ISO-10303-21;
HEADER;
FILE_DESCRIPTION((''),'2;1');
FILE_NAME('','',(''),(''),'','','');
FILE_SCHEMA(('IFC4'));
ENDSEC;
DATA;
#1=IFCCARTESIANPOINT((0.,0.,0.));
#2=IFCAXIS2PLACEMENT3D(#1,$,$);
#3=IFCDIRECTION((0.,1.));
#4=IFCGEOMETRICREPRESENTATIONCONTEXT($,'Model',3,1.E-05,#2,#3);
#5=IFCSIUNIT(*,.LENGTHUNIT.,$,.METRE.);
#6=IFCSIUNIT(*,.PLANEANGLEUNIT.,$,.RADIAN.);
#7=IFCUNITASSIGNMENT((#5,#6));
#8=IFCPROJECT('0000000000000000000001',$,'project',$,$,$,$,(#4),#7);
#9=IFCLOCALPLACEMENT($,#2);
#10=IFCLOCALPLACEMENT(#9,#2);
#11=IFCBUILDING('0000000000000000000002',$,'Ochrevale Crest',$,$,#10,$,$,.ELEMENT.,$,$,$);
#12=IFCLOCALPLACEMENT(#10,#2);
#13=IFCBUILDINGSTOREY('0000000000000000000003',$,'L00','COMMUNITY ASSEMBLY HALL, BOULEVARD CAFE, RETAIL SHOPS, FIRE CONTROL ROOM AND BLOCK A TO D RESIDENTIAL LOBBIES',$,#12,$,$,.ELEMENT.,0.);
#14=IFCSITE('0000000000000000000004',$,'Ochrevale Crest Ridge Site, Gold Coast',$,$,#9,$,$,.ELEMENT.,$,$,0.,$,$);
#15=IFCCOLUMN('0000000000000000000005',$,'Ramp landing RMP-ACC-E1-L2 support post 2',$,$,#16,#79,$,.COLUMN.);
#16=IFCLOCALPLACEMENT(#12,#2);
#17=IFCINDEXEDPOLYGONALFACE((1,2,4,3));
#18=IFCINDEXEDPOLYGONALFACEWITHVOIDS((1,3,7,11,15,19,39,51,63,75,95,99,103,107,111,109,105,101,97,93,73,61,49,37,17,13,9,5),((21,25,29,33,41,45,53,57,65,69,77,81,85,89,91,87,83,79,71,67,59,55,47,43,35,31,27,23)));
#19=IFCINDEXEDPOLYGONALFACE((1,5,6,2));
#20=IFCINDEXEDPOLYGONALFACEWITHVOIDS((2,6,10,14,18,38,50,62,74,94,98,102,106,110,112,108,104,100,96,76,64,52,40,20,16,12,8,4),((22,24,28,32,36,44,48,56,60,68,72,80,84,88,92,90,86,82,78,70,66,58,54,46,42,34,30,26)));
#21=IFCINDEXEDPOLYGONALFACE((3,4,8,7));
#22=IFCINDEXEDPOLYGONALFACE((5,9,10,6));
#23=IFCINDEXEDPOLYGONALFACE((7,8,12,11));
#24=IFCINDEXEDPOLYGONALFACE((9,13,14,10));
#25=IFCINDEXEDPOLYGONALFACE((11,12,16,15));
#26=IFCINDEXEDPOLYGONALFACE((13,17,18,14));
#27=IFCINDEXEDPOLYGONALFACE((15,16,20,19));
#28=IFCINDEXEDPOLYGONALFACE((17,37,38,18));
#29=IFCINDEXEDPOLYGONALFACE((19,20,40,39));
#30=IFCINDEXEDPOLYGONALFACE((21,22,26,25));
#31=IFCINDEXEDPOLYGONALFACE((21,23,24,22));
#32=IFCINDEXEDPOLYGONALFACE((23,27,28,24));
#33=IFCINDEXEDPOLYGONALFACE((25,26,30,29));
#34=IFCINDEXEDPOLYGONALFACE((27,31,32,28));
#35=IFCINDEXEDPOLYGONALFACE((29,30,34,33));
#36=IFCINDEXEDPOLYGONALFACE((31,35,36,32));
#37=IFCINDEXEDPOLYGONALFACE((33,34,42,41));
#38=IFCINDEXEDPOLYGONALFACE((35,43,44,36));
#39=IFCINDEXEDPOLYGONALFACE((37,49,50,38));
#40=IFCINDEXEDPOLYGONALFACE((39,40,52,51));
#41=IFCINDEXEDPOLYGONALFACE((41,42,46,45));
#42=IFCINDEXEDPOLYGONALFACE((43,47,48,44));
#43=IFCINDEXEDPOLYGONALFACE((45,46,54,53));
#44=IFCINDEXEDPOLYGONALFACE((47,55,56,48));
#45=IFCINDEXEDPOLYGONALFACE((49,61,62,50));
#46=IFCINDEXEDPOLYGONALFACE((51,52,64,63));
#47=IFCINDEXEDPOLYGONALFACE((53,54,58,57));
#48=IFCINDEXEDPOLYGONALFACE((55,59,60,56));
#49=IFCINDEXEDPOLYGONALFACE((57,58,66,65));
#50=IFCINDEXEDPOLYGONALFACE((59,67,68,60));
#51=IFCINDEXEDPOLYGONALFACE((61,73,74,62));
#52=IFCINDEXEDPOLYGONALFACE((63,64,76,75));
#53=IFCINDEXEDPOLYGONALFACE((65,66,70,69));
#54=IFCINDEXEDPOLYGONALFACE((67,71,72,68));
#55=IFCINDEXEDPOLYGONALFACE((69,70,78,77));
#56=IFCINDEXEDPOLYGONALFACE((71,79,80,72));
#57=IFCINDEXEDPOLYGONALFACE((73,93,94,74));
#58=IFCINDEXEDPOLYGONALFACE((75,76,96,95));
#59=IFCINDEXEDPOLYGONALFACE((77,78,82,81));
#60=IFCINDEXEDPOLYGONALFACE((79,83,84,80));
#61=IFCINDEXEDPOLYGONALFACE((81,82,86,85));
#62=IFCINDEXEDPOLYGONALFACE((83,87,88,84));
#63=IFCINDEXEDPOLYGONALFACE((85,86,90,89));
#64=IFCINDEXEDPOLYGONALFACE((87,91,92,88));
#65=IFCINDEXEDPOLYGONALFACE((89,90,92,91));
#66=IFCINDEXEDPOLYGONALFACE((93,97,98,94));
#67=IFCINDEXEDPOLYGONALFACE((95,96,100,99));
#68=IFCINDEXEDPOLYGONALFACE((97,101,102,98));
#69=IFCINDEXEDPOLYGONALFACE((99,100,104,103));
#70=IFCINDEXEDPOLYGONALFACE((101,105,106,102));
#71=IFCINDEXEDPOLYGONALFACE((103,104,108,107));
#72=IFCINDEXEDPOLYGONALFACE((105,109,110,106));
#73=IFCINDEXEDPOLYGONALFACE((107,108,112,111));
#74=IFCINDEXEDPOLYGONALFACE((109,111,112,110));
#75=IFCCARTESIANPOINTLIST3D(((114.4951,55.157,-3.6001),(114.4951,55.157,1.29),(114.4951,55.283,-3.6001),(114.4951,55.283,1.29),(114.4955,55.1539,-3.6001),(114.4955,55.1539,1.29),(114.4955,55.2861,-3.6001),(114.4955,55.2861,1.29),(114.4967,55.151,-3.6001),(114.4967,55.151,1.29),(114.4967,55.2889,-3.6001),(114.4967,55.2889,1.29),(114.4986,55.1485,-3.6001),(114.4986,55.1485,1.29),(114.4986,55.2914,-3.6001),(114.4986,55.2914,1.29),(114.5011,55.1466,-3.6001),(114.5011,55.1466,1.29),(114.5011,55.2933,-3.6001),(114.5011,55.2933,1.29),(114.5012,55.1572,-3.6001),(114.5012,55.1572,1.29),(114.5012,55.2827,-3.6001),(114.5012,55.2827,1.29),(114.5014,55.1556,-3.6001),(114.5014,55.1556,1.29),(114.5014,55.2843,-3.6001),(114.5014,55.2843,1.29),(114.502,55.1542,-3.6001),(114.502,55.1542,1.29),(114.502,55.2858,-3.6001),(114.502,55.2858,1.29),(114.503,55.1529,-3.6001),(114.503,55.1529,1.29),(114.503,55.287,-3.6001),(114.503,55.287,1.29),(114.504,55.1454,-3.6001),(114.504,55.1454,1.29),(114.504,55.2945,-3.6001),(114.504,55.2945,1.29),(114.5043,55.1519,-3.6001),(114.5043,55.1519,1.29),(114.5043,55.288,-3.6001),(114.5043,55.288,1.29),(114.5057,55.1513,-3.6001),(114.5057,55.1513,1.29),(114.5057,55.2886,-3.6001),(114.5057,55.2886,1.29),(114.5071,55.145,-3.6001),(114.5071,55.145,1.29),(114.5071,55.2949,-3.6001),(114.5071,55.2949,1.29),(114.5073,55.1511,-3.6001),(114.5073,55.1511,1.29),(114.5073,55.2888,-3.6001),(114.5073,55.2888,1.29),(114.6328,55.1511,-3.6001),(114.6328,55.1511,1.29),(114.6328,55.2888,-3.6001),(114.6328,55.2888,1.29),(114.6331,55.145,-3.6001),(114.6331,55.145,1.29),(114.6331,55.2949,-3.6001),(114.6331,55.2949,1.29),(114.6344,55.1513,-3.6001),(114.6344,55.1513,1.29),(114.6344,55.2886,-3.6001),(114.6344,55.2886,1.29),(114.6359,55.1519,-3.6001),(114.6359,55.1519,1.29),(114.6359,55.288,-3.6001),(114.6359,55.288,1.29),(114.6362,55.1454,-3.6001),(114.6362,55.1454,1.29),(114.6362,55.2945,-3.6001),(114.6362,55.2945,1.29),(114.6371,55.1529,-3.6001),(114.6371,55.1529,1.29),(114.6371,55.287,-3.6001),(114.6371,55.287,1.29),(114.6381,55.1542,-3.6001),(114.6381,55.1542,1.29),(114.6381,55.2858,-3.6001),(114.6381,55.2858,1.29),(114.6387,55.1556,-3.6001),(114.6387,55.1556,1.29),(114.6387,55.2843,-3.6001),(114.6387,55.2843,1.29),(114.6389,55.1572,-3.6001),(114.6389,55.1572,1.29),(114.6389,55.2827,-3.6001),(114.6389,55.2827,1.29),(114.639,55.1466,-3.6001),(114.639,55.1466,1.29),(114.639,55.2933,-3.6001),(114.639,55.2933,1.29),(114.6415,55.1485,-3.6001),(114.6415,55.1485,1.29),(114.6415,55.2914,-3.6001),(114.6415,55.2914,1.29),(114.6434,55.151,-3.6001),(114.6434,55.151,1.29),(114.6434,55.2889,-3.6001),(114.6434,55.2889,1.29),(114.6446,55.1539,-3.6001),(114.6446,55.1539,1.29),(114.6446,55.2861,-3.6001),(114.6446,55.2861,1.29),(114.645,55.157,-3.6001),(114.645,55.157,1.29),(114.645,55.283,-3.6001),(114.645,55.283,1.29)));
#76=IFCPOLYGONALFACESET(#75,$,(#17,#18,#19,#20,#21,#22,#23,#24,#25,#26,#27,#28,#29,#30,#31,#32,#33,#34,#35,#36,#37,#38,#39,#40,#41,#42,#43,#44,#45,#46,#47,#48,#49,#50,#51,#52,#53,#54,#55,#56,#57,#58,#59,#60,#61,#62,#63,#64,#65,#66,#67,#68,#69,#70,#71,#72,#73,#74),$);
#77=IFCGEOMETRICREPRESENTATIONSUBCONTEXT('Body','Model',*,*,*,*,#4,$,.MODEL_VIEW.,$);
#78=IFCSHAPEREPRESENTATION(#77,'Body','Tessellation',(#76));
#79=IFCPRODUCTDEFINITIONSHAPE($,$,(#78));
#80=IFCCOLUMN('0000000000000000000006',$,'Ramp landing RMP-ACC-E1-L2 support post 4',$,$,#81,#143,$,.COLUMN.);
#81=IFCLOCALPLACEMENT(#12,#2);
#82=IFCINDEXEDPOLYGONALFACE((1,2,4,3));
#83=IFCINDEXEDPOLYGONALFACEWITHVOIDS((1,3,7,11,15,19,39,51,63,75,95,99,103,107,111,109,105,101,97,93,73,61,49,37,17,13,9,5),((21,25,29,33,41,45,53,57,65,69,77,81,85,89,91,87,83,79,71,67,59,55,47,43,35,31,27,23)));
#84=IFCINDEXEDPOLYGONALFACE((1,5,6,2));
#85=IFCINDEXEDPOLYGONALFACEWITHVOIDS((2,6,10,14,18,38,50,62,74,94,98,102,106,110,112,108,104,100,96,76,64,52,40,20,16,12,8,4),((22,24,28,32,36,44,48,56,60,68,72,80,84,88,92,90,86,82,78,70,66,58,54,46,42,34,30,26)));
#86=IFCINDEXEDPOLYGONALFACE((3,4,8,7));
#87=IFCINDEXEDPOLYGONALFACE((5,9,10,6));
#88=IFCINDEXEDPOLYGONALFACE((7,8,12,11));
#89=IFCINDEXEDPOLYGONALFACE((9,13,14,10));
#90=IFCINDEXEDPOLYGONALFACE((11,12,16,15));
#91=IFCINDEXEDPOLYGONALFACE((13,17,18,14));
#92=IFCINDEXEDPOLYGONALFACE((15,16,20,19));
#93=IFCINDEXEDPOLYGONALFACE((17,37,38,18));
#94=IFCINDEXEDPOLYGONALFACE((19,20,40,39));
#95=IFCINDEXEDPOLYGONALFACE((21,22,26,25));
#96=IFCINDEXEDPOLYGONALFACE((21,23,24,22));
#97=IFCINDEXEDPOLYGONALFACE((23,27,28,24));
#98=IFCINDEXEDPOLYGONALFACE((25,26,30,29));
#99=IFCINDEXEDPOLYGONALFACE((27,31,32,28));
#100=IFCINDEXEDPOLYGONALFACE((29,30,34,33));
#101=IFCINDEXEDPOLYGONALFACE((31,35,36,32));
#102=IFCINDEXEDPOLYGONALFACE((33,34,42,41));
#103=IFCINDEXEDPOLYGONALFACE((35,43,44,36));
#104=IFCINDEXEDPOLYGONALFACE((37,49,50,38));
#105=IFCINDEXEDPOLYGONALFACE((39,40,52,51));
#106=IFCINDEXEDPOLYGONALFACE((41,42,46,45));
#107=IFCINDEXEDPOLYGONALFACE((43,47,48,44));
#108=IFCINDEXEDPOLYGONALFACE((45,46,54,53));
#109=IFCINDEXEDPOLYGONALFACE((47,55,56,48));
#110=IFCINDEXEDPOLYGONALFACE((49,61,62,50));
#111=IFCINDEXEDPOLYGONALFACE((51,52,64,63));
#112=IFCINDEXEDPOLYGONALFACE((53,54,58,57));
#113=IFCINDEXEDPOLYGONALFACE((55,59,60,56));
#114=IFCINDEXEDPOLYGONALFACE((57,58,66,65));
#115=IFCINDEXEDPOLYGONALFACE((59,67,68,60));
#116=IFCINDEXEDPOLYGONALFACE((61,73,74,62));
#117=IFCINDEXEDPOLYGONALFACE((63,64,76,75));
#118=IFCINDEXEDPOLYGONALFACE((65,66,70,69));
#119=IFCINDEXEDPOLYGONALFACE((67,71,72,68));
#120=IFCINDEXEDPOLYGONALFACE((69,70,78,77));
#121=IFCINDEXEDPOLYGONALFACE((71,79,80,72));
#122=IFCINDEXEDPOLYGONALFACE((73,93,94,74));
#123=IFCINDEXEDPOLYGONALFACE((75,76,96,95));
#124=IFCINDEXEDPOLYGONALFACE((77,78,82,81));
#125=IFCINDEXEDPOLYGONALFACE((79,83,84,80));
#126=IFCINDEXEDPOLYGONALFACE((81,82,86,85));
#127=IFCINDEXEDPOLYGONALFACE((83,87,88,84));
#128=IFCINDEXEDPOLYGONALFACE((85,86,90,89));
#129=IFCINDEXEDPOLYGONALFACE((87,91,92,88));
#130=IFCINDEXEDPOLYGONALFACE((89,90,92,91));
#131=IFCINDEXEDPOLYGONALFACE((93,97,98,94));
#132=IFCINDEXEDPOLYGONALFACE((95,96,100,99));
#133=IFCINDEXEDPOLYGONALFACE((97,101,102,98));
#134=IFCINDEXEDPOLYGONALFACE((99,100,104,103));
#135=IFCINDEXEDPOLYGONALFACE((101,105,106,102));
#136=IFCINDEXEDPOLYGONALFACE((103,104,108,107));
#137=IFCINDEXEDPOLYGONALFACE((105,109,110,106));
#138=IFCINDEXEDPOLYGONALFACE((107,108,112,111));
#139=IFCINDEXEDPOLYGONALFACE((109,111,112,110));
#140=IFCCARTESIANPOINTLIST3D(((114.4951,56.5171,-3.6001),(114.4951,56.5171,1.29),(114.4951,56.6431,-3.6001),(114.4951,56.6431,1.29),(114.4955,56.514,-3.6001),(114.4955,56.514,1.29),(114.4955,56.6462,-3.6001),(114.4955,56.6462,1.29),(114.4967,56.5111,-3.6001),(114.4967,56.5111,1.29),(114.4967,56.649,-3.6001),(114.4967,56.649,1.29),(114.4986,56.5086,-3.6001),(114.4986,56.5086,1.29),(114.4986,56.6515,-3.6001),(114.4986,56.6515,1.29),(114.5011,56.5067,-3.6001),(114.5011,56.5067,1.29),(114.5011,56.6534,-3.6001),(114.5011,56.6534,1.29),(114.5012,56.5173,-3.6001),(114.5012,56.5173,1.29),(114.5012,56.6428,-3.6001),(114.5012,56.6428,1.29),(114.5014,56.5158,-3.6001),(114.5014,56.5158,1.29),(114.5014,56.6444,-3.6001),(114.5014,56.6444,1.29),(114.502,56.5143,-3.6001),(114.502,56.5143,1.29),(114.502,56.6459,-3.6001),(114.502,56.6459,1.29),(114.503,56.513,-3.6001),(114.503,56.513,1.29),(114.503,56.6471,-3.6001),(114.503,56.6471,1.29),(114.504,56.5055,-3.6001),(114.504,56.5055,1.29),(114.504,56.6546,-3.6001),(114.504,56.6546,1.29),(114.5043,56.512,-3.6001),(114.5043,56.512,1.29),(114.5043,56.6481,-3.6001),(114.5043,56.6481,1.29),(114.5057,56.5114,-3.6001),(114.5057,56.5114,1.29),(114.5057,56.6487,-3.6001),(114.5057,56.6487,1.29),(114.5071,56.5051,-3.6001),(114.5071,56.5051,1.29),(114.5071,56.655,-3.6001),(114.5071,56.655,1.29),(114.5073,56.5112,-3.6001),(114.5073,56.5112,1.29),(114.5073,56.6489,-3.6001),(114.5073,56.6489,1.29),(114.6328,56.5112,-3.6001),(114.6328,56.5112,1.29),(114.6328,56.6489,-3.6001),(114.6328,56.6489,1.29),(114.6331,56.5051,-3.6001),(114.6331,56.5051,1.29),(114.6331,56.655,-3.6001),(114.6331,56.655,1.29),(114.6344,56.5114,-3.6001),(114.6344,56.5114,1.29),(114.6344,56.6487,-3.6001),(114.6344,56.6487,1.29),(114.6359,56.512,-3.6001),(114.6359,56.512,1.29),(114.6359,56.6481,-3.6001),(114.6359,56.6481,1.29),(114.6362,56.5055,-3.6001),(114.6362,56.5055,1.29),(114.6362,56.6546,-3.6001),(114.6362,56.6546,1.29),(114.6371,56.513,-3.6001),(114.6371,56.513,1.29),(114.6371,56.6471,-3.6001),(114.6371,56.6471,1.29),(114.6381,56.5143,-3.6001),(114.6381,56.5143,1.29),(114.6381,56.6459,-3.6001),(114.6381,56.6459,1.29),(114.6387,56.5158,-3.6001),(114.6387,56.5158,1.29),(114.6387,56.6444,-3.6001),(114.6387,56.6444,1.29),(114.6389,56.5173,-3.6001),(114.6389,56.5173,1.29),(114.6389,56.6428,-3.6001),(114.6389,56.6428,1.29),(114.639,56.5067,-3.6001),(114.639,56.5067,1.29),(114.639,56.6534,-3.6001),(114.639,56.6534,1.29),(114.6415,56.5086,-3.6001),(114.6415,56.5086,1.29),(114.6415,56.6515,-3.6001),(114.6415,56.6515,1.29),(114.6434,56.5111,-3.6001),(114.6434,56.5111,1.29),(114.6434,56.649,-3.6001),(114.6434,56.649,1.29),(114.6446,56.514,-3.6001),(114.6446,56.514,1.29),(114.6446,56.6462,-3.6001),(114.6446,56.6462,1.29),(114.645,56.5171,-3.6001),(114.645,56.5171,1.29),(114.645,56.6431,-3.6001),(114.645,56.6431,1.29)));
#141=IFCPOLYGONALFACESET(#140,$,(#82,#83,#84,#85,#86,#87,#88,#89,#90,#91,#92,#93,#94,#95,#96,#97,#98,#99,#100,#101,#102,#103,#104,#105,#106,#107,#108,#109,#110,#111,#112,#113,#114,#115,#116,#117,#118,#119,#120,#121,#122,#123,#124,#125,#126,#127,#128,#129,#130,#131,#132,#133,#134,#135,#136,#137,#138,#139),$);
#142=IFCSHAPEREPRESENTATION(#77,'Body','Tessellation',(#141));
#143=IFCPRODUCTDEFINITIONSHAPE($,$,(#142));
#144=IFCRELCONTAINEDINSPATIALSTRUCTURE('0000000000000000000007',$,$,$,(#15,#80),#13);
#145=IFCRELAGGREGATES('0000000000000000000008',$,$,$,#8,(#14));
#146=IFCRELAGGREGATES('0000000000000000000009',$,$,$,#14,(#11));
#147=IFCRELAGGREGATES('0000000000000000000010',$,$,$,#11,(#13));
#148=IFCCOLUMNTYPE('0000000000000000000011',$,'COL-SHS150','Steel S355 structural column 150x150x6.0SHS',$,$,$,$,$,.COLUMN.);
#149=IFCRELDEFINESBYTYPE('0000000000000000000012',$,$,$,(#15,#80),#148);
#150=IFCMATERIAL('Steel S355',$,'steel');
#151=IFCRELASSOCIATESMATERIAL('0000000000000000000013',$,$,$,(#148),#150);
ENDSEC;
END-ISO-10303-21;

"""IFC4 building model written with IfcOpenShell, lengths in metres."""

from ifc_helpers import new_model, si_unit, direction, frame, origin, origin_2d, place, context, subcontext, project, spatial, hollow_rectangle, extrude, material, material_profile, profile_set, type_object, element, save


model = new_model("IFC4")

# Units and contexts
model_context = context("Model", 3, precision=1e-05, world=origin(), true_north=direction((0.0, 1.0)))
body_context = subcontext(model_context, "Body", "Model", "MODEL_VIEW")
ifc_project = project(units=[si_unit("LENGTHUNIT", "METRE"), si_unit("PLANEANGLEUNIT", "RADIAN")], contexts=[model_context])

# Site, building, storey
site_placement = place(None, origin())
site = spatial("IfcSite", under=ifc_project, at=site_placement, Name="Ochrevale Crest Ridge Site, Gold Coast", CompositionType="ELEMENT", RefElevation=0.0)
building_placement = place(site_placement, origin())
building = spatial("IfcBuilding", under=site, at=building_placement, Name="Ochrevale Crest", CompositionType="ELEMENT")
storey_placement = place(building_placement, origin())
storey = spatial("IfcBuildingStorey", under=building, at=storey_placement, Name="L00", Description="COMMUNITY ASSEMBLY HALL, BOULEVARD CAFE, RETAIL SHOPS, FIRE CONTROL ROOM AND BLOCK A TO D RESIDENTIAL LOBBIES", CompositionType="ELEMENT", Elevation=0.0)

# Columns
ifc_material_1 = material(Name="Steel S355", Category="steel")
ifc_material_profile_1 = material_profile(ifc_material_1, hollow_rectangle(XDim=0.1499, YDim=0.1499, WallThickness=0.0061, InnerFilletRadius=0.0061, OuterFilletRadius=0.012, at=origin_2d()), Name="150x150x6.0SHS")
ifc_profile_set_1 = profile_set([ifc_material_profile_1], Name="Steel S355")
column_type_1 = type_object("IfcColumnType", Name="COL-SHS150", Description="Steel S355 structural column 150x150x6.0SHS", PredefinedType="COLUMN", material=ifc_profile_set_1)
for number, where, z_axis, x_axis, name in (
    (1, (114.5701, 55.22, -3.6001), (0.0, 0.0, 1.0), (1.0, 0.0, 0.0), "Ramp landing RMP-ACC-E1-L2 support post 2"),
    (2, (114.5701, 56.5801, -3.6001), (0.0, 0.0, 1.0), (1.0, 0.0, 0.0), "Ramp landing RMP-ACC-E1-L2 support post 4"),
):
    element("IfcColumn", number, at=place(storey_placement, frame(where, z_axis=z_axis, x_axis=x_axis)), inside=storey, type_object=column_type_1, Name=name, PredefinedType="COLUMN", context=body_context, shape_type="SweptSolid", body=[
        extrude(hollow_rectangle(XDim=0.1499, YDim=0.1499, WallThickness=0.0061, InnerFilletRadius=0.0061, OuterFilletRadius=0.012, at=origin_2d()), origin(), (0.0, 0.0, 1.0), 4.8901),
    ])

save(model, "model.ifc")
